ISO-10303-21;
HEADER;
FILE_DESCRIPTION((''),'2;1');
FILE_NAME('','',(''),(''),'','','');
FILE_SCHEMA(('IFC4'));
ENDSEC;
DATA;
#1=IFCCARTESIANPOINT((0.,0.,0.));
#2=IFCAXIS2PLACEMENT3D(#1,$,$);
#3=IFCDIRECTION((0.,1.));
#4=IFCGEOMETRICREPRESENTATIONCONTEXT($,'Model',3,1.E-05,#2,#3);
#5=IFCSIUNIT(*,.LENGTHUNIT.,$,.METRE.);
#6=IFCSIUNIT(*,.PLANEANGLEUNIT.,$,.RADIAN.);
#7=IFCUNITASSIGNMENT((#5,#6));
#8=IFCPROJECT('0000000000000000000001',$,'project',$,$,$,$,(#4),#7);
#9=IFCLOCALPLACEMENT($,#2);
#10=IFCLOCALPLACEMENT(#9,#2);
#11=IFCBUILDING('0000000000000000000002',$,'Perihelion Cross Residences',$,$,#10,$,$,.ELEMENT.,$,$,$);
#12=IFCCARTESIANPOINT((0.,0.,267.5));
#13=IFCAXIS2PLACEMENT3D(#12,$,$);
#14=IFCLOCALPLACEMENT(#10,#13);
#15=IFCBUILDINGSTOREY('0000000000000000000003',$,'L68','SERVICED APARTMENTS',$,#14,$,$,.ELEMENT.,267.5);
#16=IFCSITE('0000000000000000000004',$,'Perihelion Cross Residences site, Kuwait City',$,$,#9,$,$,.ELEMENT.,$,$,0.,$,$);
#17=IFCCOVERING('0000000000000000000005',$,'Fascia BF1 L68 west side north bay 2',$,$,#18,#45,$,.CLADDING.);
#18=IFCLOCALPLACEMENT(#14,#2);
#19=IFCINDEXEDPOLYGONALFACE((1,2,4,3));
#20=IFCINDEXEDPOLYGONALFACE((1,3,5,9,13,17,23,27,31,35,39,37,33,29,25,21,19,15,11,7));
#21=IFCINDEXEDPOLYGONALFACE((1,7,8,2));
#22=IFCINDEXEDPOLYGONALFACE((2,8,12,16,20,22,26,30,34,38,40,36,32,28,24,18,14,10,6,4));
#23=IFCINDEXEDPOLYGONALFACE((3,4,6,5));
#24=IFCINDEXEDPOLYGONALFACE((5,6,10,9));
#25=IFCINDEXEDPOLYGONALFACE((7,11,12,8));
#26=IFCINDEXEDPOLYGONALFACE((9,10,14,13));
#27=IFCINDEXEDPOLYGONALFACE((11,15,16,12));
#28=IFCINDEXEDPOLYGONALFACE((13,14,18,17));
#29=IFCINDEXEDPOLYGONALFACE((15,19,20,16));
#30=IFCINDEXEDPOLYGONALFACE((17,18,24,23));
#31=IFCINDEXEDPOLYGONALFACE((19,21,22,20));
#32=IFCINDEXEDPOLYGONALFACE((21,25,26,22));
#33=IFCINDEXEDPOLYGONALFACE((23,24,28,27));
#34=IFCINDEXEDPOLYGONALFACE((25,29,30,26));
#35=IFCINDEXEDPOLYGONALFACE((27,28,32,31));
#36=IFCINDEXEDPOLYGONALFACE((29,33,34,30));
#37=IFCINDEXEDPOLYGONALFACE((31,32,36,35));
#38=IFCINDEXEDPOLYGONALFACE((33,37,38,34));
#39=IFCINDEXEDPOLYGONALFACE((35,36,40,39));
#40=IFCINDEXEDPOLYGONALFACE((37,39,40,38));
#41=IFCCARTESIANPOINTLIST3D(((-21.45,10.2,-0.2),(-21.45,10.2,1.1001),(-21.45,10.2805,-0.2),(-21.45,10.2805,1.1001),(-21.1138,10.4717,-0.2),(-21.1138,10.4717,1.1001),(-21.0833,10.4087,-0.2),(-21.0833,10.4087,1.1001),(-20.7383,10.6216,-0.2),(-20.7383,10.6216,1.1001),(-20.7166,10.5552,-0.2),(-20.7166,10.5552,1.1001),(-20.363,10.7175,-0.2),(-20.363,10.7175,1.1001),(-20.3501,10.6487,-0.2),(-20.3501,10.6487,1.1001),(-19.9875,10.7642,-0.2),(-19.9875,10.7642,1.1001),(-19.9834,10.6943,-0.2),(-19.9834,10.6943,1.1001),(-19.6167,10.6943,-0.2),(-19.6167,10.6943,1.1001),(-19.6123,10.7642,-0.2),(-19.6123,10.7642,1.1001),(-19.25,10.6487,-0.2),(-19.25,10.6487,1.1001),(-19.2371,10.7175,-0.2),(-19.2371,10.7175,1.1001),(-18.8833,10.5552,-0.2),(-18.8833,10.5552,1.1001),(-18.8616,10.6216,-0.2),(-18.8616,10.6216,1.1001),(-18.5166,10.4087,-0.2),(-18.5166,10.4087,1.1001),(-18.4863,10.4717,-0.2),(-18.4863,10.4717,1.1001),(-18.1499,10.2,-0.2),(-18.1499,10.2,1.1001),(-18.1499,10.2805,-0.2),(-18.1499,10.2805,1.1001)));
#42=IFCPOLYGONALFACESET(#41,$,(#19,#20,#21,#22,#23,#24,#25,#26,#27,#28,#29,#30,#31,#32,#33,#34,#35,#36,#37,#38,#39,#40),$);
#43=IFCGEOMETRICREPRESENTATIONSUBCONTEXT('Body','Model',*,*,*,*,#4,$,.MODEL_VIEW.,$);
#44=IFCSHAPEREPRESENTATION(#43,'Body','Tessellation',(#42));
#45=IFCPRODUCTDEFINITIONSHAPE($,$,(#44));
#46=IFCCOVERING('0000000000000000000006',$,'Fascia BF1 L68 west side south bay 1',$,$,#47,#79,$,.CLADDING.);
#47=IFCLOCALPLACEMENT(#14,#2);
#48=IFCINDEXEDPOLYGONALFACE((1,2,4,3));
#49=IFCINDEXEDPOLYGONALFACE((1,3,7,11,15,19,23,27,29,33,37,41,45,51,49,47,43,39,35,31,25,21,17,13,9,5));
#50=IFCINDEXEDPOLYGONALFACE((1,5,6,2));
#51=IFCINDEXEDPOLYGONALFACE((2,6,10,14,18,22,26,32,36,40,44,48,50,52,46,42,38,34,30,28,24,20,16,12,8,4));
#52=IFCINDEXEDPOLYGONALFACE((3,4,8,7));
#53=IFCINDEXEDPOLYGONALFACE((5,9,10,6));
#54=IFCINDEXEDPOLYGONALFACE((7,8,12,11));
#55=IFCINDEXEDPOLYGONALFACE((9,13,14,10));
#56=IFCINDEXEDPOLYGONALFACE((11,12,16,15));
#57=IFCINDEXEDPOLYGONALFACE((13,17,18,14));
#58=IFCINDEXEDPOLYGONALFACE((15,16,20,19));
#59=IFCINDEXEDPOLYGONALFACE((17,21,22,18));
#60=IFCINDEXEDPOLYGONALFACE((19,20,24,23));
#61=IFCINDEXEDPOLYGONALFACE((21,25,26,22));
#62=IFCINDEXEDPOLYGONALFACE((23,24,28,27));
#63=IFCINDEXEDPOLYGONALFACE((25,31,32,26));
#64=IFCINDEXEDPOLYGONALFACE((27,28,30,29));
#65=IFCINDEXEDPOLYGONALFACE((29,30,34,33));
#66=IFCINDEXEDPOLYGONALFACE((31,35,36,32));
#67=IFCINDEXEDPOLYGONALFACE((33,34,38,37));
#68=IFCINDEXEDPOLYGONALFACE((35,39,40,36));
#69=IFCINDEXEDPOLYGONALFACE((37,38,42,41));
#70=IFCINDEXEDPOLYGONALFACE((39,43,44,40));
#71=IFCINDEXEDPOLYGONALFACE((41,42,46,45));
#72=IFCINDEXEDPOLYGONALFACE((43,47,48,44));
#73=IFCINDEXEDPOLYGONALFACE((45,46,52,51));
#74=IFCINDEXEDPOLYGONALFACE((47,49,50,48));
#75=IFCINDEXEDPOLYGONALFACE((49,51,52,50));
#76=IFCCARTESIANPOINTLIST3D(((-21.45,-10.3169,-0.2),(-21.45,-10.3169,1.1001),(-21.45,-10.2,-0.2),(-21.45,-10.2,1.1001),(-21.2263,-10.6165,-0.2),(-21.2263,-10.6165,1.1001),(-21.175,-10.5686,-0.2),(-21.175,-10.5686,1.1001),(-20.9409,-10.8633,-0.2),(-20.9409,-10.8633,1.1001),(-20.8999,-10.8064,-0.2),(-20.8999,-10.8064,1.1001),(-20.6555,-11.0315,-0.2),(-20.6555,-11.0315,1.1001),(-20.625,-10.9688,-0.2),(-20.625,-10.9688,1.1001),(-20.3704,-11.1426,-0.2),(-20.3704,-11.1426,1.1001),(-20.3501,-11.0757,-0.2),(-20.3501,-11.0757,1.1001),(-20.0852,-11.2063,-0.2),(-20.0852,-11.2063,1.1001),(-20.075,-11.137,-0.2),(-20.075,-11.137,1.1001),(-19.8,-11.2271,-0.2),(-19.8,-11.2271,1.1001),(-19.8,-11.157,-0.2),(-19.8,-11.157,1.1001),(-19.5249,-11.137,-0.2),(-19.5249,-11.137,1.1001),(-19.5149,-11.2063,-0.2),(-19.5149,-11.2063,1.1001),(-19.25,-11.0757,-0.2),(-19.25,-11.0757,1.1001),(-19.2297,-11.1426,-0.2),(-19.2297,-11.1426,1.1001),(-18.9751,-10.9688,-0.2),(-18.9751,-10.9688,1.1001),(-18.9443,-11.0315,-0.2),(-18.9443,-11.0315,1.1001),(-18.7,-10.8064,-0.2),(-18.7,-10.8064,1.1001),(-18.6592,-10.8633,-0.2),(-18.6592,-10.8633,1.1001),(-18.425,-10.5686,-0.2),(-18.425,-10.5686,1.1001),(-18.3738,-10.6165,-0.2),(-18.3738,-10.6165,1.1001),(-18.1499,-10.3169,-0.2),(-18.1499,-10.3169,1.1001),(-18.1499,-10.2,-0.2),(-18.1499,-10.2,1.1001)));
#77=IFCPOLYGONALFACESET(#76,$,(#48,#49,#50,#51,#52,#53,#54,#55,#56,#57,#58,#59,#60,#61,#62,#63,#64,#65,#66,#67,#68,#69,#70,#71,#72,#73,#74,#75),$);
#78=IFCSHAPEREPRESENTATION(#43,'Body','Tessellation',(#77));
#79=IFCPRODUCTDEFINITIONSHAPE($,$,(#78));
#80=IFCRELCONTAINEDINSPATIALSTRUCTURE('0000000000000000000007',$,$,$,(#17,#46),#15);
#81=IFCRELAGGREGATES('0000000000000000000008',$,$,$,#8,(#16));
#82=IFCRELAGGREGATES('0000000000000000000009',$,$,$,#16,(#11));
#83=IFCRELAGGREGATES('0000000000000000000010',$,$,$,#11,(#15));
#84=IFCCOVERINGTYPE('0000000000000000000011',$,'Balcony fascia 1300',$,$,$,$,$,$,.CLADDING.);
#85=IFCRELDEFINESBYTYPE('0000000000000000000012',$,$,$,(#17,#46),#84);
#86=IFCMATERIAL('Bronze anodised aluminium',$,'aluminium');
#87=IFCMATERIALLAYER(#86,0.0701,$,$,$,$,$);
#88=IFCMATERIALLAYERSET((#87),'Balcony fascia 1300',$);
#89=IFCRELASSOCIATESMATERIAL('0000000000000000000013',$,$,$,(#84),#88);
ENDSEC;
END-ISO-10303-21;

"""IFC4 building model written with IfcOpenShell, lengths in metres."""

from ifc_helpers import new_model, si_unit, direction, frame, origin, place, context, subcontext, project, spatial, polyline, outline, extrude, material, layer, layer_set, type_object, element, save


model = new_model("IFC4")

# Units and contexts
model_context = context("Model", 3, precision=1e-05, world=origin(), true_north=direction((0.0, 1.0)))
body_context = subcontext(model_context, "Body", "Model", "MODEL_VIEW")
ifc_project = project(units=[si_unit("LENGTHUNIT", "METRE"), si_unit("PLANEANGLEUNIT", "RADIAN")], contexts=[model_context])

# Site, building, storey
site_placement = place(None, origin())
site = spatial("IfcSite", under=ifc_project, at=site_placement, Name="Perihelion Cross Residences site, Kuwait City", CompositionType="ELEMENT", RefElevation=0.0)
building_placement = place(site_placement, origin())
building = spatial("IfcBuilding", under=site, at=building_placement, Name="Perihelion Cross Residences", CompositionType="ELEMENT")
storey_placement = place(building_placement, frame((0.0, 0.0, 267.5)))
storey = spatial("IfcBuildingStorey", under=building, at=storey_placement, Name="L68", Description="SERVICED APARTMENTS", CompositionType="ELEMENT", Elevation=267.5)

# Coverings
ifc_material_1 = material(Name="Bronze anodised aluminium", Category="aluminium")
ifc_layer_1 = layer(ifc_material_1, 0.0701)
ifc_layer_set_1 = layer_set([ifc_layer_1], Name="Balcony fascia 1300")
covering_type = type_object("IfcCoveringType", Name="Balcony fascia 1300", PredefinedType="CLADDING", material=ifc_layer_set_1)
covering_1_placement = place(storey_placement, frame((0.0, 0.0, -0.2)))
element("IfcCovering", 1, at=covering_1_placement, inside=storey, type_object=covering_type, Name="Fascia BF1 L68 west side north bay 2", PredefinedType="CLADDING", context=body_context, shape_type="SweptSolid", body=[
    extrude(outline(polyline([(-18.4863, 10.4717), (-18.8616, 10.6216), (-19.2371, 10.7175), (-19.6123, 10.7642), (-19.9875, 10.7642), (-20.363, 10.7175), (-20.7383, 10.6216), (-21.1138, 10.4717), (-21.45, 10.2805), (-21.45, 10.2), (-21.0833, 10.4087), (-20.7166, 10.5552), (-20.3501, 10.6487), (-19.9834, 10.6943), (-19.6167, 10.6943), (-19.25, 10.6487), (-18.8833, 10.5552), (-18.5166, 10.4087), (-18.1499, 10.2), (-18.1499, 10.2805), (-18.4863, 10.4717)])), origin(), (0.0, 0.0, 1.0), 1.3),
])
covering_2_placement = place(storey_placement, frame((0.0, 0.0, -0.2)))
element("IfcCovering", 2, at=covering_2_placement, inside=storey, type_object=covering_type, Name="Fascia BF1 L68 west side south bay 1", PredefinedType="CLADDING", context=body_context, shape_type="SweptSolid", body=[
    extrude(outline(polyline([(-21.2263, -10.6165), (-20.9409, -10.8633), (-20.6555, -11.0315), (-20.3704, -11.1426), (-20.0852, -11.2063), (-19.8, -11.2271), (-19.5149, -11.2063), (-19.2297, -11.1426), (-18.9443, -11.0315), (-18.6592, -10.8633), (-18.3738, -10.6165), (-18.1499, -10.3169), (-18.1499, -10.2), (-18.425, -10.5686), (-18.7, -10.8064), (-18.9751, -10.9688), (-19.25, -11.0757), (-19.5249, -11.137), (-19.8, -11.157), (-20.075, -11.137), (-20.3501, -11.0757), (-20.625, -10.9688), (-20.8999, -10.8064), (-21.175, -10.5686), (-21.45, -10.2), (-21.45, -10.3169), (-21.2263, -10.6165)])), origin(), (0.0, 0.0, 1.0), 1.3),
])

save(model, "model.ifc")
